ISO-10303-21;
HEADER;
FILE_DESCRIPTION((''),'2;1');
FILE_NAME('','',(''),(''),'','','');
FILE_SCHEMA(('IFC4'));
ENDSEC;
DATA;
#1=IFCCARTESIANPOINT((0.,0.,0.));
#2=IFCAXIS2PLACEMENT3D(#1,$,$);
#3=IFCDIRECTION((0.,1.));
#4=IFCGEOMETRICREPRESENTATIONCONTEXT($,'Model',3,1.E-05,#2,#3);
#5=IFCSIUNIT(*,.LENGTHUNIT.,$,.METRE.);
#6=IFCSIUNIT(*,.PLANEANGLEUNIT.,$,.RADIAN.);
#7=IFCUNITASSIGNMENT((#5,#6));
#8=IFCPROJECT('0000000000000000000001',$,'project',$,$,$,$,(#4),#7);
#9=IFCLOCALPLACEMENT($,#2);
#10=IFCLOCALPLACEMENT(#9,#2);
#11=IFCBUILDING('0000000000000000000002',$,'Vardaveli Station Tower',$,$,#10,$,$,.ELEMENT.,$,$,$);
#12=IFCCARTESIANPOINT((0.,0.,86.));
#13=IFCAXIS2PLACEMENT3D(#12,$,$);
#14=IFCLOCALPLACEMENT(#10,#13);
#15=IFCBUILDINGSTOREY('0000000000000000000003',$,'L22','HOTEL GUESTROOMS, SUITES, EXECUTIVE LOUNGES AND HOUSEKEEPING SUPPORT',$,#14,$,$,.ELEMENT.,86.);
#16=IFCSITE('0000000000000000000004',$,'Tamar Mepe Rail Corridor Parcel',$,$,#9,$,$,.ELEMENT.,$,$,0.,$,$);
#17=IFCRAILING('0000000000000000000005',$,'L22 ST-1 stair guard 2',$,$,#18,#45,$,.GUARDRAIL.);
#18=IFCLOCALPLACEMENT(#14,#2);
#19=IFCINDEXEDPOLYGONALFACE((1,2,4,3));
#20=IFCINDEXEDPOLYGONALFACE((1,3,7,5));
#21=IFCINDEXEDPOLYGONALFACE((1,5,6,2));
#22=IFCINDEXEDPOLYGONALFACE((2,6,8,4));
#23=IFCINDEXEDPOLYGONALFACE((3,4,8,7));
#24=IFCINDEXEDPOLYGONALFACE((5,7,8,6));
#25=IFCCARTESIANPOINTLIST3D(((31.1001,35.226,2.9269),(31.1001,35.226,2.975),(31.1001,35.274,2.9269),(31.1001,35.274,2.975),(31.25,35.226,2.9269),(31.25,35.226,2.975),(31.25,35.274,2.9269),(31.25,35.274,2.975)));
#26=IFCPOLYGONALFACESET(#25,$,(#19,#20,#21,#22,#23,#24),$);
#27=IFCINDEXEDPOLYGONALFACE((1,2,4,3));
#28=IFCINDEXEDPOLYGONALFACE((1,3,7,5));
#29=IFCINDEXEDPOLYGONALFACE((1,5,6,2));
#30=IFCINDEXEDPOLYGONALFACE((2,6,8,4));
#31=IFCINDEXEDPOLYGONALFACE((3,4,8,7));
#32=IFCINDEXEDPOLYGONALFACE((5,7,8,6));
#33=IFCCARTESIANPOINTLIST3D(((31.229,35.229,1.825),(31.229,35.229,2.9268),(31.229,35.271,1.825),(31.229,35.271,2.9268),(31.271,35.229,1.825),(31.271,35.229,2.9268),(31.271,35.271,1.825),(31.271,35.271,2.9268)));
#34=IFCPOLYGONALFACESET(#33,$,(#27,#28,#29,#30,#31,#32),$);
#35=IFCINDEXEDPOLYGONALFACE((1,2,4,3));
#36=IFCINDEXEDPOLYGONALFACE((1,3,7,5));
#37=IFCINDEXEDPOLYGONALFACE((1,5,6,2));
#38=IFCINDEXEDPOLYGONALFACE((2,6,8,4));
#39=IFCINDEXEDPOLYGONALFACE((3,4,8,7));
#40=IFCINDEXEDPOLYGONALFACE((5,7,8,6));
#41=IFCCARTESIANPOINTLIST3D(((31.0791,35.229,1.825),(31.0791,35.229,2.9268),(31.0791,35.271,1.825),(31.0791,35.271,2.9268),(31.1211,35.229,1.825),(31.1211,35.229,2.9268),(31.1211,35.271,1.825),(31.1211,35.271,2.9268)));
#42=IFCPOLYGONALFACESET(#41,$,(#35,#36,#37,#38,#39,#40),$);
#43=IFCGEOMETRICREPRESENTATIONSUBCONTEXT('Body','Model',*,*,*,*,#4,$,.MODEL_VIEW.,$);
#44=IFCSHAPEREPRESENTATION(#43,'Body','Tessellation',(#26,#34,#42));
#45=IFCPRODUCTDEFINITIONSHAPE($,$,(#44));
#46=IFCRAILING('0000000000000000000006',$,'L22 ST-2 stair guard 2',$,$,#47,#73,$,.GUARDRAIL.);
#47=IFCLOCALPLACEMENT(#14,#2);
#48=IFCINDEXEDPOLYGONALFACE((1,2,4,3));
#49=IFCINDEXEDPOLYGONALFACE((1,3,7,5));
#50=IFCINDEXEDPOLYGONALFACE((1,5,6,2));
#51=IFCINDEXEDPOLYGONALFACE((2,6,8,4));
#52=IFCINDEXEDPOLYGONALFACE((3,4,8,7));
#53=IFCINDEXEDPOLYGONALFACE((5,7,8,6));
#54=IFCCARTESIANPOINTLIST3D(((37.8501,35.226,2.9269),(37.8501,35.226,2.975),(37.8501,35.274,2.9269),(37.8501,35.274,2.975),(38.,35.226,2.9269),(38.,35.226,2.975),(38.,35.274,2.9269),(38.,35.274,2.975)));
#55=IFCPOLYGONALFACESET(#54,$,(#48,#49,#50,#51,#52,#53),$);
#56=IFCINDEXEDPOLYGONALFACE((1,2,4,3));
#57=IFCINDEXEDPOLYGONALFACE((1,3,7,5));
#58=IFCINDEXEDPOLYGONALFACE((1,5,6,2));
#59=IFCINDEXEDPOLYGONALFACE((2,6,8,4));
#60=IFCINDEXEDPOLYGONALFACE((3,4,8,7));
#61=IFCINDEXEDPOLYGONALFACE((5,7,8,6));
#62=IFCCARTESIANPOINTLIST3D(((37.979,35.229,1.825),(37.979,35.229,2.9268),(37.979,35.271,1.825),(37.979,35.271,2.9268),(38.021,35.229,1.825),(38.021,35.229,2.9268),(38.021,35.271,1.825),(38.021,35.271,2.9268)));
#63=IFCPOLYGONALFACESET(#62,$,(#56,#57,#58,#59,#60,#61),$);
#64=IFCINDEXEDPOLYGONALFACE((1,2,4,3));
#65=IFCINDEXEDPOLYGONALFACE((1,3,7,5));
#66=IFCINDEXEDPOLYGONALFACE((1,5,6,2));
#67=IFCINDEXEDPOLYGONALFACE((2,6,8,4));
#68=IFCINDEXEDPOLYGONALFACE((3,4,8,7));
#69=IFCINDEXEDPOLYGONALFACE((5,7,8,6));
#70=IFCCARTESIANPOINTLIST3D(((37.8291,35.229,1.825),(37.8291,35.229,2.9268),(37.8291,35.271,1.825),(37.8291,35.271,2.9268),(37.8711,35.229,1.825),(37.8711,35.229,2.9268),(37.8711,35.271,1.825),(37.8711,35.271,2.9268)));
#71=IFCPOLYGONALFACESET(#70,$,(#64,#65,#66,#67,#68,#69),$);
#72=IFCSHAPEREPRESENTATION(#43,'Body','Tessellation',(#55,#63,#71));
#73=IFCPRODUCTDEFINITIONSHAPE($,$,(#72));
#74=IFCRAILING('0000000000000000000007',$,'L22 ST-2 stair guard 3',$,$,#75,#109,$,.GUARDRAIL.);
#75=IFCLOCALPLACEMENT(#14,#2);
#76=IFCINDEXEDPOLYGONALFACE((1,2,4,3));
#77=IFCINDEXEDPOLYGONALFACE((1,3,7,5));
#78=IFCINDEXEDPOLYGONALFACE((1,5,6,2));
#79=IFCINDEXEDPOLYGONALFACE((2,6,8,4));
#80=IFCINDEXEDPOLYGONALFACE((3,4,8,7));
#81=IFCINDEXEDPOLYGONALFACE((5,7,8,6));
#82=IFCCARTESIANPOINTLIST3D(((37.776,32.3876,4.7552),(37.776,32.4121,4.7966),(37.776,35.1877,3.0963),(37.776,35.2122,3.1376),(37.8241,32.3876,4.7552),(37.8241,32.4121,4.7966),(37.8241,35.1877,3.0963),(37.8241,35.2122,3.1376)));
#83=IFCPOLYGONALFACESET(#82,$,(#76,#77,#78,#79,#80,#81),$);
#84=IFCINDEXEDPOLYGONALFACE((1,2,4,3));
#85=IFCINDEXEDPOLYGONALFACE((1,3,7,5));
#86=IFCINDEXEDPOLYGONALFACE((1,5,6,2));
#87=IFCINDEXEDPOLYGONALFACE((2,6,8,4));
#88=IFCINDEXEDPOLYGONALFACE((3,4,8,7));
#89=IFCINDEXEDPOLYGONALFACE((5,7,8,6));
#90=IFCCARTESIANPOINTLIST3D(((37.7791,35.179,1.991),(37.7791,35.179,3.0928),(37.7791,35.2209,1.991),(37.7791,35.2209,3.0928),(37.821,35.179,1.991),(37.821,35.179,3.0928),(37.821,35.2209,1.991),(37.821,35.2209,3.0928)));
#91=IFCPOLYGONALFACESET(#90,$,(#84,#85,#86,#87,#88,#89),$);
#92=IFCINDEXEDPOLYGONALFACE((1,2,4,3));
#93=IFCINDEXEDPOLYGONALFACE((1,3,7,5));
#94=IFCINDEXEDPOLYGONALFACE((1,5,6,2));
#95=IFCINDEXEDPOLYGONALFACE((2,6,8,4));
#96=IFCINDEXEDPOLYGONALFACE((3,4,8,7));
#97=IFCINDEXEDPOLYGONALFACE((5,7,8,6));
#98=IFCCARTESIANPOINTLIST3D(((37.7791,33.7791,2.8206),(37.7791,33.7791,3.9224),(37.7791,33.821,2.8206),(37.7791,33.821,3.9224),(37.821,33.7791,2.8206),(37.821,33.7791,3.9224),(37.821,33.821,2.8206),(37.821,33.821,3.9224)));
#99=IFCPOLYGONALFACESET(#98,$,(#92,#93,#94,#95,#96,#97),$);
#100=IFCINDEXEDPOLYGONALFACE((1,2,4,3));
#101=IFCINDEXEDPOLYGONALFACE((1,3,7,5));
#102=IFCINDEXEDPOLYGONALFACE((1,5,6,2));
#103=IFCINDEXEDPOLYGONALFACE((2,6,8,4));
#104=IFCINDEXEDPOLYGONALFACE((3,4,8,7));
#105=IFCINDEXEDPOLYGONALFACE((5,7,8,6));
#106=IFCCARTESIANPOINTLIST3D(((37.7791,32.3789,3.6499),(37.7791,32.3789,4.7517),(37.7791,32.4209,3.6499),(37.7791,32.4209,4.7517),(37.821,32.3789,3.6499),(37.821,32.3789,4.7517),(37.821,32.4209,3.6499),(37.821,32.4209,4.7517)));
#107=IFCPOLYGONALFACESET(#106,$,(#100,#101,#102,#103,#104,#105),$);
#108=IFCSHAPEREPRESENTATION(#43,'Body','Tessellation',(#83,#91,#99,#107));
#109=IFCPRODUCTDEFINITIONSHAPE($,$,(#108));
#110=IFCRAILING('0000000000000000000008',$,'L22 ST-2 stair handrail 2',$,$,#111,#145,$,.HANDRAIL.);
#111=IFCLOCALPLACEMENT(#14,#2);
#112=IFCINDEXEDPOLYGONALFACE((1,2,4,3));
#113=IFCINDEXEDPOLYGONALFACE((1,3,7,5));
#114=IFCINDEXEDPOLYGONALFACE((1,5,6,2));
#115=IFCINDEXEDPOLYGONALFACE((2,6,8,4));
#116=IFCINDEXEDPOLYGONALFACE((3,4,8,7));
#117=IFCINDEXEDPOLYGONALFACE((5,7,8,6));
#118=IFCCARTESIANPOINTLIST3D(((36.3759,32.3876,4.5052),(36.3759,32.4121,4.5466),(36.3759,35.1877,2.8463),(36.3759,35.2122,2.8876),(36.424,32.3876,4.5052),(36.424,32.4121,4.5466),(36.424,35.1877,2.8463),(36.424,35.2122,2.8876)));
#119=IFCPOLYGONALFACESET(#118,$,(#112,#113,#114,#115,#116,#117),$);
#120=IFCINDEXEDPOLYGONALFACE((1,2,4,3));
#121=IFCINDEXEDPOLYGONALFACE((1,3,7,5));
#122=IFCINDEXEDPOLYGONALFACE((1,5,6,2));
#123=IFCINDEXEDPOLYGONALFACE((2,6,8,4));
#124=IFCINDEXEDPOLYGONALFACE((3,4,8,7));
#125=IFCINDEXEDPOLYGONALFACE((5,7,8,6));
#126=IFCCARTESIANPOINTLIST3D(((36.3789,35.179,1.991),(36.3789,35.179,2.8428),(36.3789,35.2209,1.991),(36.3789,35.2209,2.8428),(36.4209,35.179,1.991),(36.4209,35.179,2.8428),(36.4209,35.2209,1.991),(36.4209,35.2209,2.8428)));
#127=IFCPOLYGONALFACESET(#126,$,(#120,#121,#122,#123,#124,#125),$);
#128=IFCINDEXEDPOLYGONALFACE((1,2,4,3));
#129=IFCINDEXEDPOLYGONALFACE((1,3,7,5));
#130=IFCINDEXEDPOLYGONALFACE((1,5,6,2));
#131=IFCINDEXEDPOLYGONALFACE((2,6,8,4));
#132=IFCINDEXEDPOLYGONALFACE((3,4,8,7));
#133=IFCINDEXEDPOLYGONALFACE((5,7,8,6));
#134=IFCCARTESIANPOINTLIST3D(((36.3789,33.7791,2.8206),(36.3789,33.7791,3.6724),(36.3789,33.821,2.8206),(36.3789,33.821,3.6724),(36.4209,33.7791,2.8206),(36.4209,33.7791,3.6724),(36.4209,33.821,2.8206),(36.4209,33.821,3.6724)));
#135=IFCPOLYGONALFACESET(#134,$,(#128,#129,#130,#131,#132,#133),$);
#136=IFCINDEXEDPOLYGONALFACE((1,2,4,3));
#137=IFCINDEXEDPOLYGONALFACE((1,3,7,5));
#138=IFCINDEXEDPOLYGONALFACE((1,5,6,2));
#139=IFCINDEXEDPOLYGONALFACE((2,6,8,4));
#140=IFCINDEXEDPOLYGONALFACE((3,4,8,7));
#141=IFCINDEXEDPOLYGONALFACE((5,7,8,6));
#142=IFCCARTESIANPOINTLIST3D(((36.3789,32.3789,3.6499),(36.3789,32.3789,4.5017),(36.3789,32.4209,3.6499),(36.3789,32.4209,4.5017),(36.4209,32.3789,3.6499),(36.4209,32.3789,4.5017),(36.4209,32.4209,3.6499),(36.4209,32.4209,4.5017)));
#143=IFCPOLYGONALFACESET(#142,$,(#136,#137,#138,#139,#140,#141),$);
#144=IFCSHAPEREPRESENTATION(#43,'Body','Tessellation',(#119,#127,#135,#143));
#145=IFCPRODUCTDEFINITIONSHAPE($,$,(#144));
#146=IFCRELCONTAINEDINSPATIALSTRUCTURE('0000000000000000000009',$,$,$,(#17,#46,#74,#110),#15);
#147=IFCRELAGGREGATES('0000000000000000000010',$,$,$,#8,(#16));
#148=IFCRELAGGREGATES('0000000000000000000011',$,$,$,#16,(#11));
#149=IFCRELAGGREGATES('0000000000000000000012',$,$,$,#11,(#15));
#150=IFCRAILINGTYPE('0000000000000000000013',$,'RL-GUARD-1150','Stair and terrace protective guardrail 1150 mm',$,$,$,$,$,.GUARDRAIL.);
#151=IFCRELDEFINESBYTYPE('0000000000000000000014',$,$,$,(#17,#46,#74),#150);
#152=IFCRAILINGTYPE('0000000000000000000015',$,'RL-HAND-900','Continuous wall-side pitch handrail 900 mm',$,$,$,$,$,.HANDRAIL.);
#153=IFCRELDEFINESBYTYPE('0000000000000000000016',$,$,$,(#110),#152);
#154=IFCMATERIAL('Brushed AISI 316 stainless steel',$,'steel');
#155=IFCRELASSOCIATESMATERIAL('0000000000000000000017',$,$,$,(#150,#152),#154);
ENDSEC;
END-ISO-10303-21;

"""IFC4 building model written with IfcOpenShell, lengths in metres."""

from ifc_helpers import new_model, si_unit, direction, frame, origin, origin_2d, place, context, subcontext, project, spatial, rectangle, extrude, source, transform, mapped, material, type_object, element, save


model = new_model("IFC4")

# Units and contexts
model_context = context("Model", 3, precision=1e-05, world=origin(), true_north=direction((0.0, 1.0)))
body_context = subcontext(model_context, "Body", "Model", "MODEL_VIEW")
ifc_project = project(units=[si_unit("LENGTHUNIT", "METRE"), si_unit("PLANEANGLEUNIT", "RADIAN")], contexts=[model_context])

# Site, building, storey
site_placement = place(None, origin())
site = spatial("IfcSite", under=ifc_project, at=site_placement, Name="Tamar Mepe Rail Corridor Parcel", CompositionType="ELEMENT", RefElevation=0.0)
building_placement = place(site_placement, origin())
building = spatial("IfcBuilding", under=site, at=building_placement, Name="Vardaveli Station Tower", CompositionType="ELEMENT")
storey_placement = place(building_placement, frame((0.0, 0.0, 86.0)))
storey = spatial("IfcBuildingStorey", under=building, at=storey_placement, Name="L22", Description="HOTEL GUESTROOMS, SUITES, EXECUTIVE LOUNGES AND HOUSEKEEPING SUPPORT", CompositionType="ELEMENT", Elevation=86.0)

# Railings
ifc_material_1 = material(Name="Brushed AISI 316 stainless steel", Category="steel")
railing_type_1 = type_object("IfcRailingType", Name="RL-GUARD-1150", Description="Stair and terrace protective guardrail 1150 mm", PredefinedType="GUARDRAIL", material=ifc_material_1)
shared_shape_1 = source(origin(), body_context, "Body", "SweptSolid", [
    extrude(rectangle(XDim=0.0481, YDim=0.0481, at=origin_2d()), frame((0.0, 0.0, 1.126), z_axis=(-1.0, 0.0, 0.0), x_axis=(0.0, -1.0, 0.0)), (0.0, 0.0, 1.0), 0.1499),
    extrude(rectangle(XDim=0.042, YDim=0.042, at=origin_2d()), origin(), (0.0, 0.0, 1.0), 1.1018),
    extrude(rectangle(XDim=0.042, YDim=0.042, at=origin_2d()), frame((-0.1499, 0.0, 0.0)), (0.0, 0.0, 1.0), 1.1018),
])
for number, where, name in (
    (1, (31.25, 35.25, 1.825), "L22 ST-1 stair guard 2"),
    (2, (38.0, 35.25, 1.825), "L22 ST-2 stair guard 2"),
):
    element("IfcRailing", number, at=place(storey_placement, frame(where)), inside=storey, type_object=railing_type_1, Name=name, PredefinedType="GUARDRAIL", context=body_context, shape_type="MappedRepresentation", body=[
        mapped(shared_shape_1, transform((0.0, 0.0, 0.0), scale=1.0)),
    ])
shared_shape_2 = source(origin(), body_context, "Body", "SweptSolid", [
    extrude(rectangle(XDim=0.0481, YDim=0.0481, at=origin_2d()), frame((0.0, 0.0, 1.126), z_axis=(0.0, -0.860339, 0.509722), x_axis=(1.0, 0.0, 0.0)), (0.0, 0.0, 1.0), 3.2546),
    extrude(rectangle(XDim=0.042, YDim=0.042, at=origin_2d()), origin(), (0.0, 0.0, 1.0), 1.1018),
    extrude(rectangle(XDim=0.042, YDim=0.042, at=origin_2d()), frame((0.0, -1.3999, 0.8296)), (0.0, 0.0, 1.0), 1.1018),
    extrude(rectangle(XDim=0.042, YDim=0.042, at=origin_2d()), frame((0.0, -2.8, 1.6589)), (0.0, 0.0, 1.0), 1.1018),
])
railing_1_placement = place(storey_placement, frame((37.8, 35.2, 1.991)))
element("IfcRailing", 3, at=railing_1_placement, inside=storey, type_object=railing_type_1, Name="L22 ST-2 stair guard 3", PredefinedType="GUARDRAIL", context=body_context, shape_type="MappedRepresentation", body=[
    mapped(shared_shape_2, transform((0.0, 0.0, 0.0), scale=1.0)),
])
railing_type_2 = type_object("IfcRailingType", Name="RL-HAND-900", Description="Continuous wall-side pitch handrail 900 mm", PredefinedType="HANDRAIL", material=ifc_material_1)
shared_shape_3 = source(origin(), body_context, "Body", "SweptSolid", [
    extrude(rectangle(XDim=0.0481, YDim=0.0481, at=origin_2d()), frame((0.0, 0.0, 0.876), z_axis=(0.0, -0.860339, 0.509722), x_axis=(1.0, 0.0, 0.0)), (0.0, 0.0, 1.0), 3.2546),
    extrude(rectangle(XDim=0.042, YDim=0.042, at=origin_2d()), origin(), (0.0, 0.0, 1.0), 0.8518),
    extrude(rectangle(XDim=0.042, YDim=0.042, at=origin_2d()), frame((0.0, -1.3999, 0.8296)), (0.0, 0.0, 1.0), 0.8518),
    extrude(rectangle(XDim=0.042, YDim=0.042, at=origin_2d()), frame((0.0, -2.8, 1.6589)), (0.0, 0.0, 1.0), 0.8518),
])
railing_2_placement = place(storey_placement, frame((36.3999, 35.2, 1.991)))
element("IfcRailing", 4, at=railing_2_placement, inside=storey, type_object=railing_type_2, Name="L22 ST-2 stair handrail 2", PredefinedType="HANDRAIL", context=body_context, shape_type="MappedRepresentation", body=[
    mapped(shared_shape_3, transform((0.0, 0.0, 0.0), scale=1.0)),
])

save(model, "model.ifc")
